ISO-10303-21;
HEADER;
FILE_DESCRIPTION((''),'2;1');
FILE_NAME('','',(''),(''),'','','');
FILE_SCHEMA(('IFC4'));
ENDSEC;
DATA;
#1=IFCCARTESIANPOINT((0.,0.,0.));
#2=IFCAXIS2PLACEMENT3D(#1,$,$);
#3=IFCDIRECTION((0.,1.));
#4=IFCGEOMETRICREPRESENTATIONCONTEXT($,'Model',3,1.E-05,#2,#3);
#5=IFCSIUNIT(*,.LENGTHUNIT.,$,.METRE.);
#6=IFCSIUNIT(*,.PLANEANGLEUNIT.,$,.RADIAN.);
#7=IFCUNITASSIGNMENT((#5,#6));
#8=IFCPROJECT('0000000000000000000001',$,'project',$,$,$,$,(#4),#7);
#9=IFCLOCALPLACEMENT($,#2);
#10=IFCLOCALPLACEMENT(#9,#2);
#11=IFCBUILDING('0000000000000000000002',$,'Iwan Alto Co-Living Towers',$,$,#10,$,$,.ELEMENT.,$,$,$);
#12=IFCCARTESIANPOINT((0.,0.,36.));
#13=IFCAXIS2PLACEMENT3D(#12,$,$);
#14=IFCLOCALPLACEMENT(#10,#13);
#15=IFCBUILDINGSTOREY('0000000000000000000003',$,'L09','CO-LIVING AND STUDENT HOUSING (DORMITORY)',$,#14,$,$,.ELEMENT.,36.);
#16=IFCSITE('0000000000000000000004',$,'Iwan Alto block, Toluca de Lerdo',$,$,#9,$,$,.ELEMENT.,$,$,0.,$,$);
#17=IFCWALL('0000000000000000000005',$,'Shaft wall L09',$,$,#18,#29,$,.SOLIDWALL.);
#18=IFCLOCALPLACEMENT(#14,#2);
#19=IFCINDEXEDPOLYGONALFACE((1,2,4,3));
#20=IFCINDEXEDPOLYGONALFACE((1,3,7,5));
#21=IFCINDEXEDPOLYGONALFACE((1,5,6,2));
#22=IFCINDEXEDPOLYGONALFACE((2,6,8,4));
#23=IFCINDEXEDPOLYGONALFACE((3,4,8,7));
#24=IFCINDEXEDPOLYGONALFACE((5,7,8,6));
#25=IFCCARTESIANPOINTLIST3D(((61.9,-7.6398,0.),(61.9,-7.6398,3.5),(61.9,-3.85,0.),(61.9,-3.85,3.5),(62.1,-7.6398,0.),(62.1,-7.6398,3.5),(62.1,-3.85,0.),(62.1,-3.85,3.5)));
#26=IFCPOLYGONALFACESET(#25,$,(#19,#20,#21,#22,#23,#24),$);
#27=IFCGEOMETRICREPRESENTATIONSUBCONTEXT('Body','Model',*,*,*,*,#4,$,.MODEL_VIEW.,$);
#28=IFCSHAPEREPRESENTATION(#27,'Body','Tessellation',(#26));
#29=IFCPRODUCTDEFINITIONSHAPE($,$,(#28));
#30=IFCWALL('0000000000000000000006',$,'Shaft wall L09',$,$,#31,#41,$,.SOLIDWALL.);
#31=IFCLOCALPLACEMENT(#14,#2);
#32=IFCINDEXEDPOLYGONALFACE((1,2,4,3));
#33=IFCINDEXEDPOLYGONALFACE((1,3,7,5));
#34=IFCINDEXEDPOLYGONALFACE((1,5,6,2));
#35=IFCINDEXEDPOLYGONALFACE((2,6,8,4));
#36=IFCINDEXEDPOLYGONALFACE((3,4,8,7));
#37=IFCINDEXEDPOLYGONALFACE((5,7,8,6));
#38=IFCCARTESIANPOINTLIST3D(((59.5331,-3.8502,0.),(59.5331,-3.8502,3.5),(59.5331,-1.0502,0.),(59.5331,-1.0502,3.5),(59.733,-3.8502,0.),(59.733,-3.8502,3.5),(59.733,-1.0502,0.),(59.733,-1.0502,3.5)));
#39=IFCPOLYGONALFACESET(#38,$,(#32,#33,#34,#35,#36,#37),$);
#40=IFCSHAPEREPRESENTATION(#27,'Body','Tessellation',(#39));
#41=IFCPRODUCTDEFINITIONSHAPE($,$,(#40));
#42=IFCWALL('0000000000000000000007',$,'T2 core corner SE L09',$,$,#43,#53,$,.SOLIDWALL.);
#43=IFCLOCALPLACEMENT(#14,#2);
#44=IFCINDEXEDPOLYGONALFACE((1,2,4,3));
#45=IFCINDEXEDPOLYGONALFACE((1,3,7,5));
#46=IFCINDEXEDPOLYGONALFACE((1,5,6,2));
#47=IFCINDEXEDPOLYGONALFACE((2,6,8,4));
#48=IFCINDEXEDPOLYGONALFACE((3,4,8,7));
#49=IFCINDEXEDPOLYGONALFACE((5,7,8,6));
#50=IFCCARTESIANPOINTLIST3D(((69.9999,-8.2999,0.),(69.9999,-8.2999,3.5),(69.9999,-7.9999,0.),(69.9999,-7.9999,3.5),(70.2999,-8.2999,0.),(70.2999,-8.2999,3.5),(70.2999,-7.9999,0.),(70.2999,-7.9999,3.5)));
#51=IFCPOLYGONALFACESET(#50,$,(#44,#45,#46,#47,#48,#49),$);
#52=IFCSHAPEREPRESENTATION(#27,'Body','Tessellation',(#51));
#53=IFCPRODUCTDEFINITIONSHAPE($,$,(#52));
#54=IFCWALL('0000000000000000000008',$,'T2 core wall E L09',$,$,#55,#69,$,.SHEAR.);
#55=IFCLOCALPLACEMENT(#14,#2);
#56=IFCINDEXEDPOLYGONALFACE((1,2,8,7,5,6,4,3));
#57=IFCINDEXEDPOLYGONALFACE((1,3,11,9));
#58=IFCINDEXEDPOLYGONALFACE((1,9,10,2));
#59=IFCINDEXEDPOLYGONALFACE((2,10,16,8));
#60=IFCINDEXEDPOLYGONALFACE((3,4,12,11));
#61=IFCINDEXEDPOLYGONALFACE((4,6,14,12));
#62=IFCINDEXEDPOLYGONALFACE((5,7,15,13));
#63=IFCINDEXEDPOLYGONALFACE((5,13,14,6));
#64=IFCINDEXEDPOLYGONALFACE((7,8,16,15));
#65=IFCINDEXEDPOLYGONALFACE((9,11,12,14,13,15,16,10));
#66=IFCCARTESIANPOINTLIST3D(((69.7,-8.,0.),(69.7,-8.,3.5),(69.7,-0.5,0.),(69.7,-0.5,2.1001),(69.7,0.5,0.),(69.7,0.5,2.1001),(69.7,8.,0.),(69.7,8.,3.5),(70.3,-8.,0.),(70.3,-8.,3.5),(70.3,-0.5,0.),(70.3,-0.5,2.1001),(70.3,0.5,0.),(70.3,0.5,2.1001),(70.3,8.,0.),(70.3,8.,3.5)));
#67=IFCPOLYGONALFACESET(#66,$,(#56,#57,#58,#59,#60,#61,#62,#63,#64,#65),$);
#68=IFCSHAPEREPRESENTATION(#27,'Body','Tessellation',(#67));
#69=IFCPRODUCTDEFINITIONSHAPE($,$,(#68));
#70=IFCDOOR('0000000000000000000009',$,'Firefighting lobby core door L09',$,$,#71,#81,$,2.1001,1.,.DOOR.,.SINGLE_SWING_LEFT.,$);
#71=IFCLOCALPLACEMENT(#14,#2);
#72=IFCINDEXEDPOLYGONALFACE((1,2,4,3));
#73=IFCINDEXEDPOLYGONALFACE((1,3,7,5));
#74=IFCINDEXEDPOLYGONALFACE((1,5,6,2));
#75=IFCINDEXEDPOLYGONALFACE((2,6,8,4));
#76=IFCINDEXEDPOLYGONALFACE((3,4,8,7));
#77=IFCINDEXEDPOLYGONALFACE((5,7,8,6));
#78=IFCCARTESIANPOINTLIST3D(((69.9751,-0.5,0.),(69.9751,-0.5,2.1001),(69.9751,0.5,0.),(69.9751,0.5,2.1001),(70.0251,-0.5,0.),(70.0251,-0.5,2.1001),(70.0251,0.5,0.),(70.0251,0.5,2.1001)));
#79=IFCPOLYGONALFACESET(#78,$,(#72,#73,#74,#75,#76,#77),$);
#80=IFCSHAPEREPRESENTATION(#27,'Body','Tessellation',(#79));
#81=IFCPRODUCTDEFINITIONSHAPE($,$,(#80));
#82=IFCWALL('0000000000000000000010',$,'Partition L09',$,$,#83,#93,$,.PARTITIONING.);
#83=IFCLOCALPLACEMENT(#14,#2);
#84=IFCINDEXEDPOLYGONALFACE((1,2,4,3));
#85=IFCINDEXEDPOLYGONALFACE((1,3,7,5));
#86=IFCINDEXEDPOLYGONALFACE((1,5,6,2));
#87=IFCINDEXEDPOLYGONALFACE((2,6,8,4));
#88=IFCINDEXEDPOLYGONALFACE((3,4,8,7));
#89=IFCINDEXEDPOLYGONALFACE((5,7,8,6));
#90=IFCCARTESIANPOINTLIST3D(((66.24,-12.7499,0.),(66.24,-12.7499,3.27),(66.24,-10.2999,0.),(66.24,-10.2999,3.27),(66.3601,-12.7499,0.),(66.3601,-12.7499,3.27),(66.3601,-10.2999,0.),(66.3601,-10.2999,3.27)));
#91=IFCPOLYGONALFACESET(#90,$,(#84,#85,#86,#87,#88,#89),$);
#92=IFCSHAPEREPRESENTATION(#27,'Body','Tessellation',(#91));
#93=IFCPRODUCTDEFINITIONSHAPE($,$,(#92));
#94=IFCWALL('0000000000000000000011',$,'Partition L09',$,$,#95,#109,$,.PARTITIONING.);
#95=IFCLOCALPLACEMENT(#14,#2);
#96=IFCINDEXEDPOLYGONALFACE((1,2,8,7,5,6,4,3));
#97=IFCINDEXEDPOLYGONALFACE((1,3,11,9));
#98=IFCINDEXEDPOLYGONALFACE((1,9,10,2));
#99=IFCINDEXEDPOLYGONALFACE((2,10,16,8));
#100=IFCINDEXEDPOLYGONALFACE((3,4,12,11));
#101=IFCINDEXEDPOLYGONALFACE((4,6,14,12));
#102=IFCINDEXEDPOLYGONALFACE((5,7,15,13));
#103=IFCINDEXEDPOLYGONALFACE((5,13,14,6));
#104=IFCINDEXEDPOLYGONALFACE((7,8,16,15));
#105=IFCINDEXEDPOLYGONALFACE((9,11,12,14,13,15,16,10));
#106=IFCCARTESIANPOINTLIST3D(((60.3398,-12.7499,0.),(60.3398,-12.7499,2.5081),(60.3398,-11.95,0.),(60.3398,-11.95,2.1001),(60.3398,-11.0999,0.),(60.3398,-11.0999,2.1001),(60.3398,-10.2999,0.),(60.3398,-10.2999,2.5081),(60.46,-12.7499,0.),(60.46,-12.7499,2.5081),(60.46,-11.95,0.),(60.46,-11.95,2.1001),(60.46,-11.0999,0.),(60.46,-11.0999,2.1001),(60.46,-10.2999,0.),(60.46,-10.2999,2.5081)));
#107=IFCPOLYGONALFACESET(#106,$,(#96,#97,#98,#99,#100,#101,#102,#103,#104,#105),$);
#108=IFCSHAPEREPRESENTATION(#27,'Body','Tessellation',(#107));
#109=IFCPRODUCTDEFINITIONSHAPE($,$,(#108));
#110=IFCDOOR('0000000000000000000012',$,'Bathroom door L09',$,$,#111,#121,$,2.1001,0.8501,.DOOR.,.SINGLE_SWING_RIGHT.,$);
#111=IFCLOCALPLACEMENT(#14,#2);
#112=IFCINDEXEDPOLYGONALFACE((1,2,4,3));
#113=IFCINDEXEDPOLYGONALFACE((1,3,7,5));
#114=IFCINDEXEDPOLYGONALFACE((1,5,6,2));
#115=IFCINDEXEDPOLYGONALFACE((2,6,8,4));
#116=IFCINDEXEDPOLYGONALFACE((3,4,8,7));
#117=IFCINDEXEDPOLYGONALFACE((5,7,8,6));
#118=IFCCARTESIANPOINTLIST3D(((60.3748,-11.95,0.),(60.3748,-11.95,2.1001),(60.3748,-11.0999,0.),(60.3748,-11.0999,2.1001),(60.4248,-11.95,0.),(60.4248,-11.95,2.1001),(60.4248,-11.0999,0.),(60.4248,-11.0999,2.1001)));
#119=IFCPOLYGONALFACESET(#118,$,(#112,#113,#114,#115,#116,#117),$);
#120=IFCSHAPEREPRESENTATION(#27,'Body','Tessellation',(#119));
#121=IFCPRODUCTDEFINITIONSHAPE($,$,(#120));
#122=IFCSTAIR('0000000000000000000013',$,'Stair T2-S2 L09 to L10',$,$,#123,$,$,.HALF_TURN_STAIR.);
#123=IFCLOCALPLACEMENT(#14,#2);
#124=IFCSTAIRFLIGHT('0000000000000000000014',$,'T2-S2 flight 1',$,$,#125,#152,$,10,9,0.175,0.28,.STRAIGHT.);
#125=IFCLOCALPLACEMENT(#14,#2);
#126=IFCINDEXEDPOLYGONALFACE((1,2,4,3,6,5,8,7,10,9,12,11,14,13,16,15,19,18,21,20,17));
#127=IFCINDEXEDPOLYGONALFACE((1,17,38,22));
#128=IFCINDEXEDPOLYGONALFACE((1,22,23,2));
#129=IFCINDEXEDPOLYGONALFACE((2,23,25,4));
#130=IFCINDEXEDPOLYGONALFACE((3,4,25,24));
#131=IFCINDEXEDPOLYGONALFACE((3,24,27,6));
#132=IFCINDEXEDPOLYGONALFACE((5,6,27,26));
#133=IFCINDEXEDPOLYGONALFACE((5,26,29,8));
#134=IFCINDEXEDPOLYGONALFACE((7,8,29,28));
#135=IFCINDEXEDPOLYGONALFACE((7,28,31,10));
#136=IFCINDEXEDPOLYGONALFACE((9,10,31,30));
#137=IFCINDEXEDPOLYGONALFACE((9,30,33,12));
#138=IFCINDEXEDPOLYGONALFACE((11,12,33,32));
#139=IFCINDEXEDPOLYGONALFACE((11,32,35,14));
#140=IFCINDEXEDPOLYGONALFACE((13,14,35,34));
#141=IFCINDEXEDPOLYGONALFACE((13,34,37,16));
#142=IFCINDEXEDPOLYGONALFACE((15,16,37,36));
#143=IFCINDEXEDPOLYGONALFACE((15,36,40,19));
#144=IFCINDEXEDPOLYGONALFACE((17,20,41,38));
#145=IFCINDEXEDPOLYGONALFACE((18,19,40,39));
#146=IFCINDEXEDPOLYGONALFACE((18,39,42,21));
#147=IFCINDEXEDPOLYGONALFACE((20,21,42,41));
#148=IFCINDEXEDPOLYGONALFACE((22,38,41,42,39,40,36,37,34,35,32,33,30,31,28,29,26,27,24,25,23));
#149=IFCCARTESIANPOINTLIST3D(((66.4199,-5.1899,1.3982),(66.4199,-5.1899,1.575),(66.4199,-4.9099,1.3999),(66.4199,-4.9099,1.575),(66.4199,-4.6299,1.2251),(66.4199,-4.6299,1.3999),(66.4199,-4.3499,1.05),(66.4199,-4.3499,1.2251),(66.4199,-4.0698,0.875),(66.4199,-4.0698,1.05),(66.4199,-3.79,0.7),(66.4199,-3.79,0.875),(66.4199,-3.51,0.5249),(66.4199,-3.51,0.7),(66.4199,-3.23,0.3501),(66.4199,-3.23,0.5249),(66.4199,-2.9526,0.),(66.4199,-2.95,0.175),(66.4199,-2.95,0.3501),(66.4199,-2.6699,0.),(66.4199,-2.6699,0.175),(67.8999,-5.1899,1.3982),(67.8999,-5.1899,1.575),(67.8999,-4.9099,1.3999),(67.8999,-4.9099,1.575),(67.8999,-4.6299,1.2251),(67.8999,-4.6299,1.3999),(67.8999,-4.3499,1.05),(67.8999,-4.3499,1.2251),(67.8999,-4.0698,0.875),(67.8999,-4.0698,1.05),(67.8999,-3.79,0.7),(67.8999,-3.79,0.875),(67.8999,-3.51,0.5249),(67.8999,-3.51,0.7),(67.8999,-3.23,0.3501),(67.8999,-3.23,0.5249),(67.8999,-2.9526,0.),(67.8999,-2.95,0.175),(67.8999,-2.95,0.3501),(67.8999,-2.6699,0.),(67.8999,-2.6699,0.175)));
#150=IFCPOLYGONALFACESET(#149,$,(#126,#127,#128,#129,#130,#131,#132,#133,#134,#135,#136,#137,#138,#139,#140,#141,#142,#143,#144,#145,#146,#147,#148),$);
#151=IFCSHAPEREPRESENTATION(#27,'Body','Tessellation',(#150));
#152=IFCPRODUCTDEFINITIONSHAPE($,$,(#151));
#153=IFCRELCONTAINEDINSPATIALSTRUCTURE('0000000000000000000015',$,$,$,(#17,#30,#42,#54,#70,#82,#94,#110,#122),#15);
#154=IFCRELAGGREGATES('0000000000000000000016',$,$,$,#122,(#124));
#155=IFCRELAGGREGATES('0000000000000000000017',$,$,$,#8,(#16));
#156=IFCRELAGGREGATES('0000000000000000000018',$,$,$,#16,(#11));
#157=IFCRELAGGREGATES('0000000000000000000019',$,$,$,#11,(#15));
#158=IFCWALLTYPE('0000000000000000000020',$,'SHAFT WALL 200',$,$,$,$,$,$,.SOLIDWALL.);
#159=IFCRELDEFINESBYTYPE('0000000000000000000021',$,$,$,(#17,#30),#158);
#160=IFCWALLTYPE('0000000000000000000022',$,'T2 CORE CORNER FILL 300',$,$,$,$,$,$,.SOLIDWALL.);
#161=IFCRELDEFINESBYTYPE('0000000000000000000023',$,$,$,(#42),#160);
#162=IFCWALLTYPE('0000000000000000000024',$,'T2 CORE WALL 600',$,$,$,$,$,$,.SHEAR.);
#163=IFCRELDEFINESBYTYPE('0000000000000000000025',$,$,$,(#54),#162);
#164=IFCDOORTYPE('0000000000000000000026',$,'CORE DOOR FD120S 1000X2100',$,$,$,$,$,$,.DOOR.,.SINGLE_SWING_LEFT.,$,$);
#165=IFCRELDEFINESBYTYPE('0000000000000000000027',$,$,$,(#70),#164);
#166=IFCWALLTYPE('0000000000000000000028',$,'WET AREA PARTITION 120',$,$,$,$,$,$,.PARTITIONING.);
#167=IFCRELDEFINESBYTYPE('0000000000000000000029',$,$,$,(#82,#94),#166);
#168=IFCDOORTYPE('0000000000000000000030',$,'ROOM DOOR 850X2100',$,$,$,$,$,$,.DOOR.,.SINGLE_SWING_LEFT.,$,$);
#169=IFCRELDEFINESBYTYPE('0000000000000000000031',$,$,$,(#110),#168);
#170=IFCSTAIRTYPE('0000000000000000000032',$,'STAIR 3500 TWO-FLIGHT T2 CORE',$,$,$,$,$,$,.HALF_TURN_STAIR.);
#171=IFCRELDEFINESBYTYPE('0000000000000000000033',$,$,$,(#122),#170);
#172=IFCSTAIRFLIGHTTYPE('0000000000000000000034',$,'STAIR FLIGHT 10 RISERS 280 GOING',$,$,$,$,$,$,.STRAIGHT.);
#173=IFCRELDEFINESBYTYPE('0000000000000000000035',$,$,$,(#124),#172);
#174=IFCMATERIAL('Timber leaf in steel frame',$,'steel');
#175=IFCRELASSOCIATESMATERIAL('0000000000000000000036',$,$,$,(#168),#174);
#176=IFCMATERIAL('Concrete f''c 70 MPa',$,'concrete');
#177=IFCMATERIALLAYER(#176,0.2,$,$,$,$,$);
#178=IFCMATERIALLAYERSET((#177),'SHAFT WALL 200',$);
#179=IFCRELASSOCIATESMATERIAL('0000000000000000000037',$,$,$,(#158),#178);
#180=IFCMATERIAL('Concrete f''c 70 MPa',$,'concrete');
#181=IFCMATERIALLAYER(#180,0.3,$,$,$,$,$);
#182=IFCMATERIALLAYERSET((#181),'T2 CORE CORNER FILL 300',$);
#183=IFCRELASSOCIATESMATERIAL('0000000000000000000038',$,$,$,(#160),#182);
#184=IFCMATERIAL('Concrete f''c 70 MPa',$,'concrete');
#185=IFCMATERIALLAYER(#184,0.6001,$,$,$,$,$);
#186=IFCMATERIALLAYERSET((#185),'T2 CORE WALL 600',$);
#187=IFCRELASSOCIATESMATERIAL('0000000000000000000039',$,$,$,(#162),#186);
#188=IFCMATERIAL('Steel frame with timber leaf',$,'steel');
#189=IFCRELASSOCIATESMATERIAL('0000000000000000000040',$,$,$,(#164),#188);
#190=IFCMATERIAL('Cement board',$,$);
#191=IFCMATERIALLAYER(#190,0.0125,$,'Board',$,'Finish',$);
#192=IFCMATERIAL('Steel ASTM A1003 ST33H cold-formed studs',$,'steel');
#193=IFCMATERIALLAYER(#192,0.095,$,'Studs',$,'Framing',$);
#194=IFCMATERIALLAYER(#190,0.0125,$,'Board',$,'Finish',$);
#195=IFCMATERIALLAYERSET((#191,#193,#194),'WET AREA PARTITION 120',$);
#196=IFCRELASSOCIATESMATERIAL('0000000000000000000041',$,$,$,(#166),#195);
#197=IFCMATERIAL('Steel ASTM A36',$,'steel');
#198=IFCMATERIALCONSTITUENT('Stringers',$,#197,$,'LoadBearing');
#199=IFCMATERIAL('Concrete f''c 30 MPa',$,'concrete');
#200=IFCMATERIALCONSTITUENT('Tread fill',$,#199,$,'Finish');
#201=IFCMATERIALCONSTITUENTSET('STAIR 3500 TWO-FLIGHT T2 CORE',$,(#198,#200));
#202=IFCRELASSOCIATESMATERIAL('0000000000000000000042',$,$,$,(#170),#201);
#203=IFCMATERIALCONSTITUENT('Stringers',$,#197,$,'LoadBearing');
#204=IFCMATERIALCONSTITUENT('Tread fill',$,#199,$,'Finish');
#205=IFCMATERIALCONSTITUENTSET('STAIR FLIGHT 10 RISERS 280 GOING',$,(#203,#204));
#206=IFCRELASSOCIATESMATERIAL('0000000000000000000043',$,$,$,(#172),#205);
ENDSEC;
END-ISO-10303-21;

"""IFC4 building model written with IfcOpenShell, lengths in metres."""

from ifc_helpers import new_model, si_unit, direction, frame, frame_2d, origin, place, context, subcontext, project, spatial, polyline, rectangle, outline, extrude, material, layer, layer_set, constituent, constituent_set, type_object, element, fill, aggregate, save


model = new_model("IFC4")

# Units and contexts
model_context = context("Model", 3, precision=1e-05, world=origin(), true_north=direction((0.0, 1.0)))
body_context = subcontext(model_context, "Body", "Model", "MODEL_VIEW")
ifc_project = project(units=[si_unit("LENGTHUNIT", "METRE"), si_unit("PLANEANGLEUNIT", "RADIAN")], contexts=[model_context])

# Site, building, storey
site_placement = place(None, origin())
site = spatial("IfcSite", under=ifc_project, at=site_placement, Name="Iwan Alto block, Toluca de Lerdo", CompositionType="ELEMENT", RefElevation=0.0)
building_placement = place(site_placement, origin())
building = spatial("IfcBuilding", under=site, at=building_placement, Name="Iwan Alto Co-Living Towers", CompositionType="ELEMENT")
storey_placement = place(building_placement, frame((0.0, 0.0, 36.0)))
storey = spatial("IfcBuildingStorey", under=building, at=storey_placement, Name="L09", Description="CO-LIVING AND STUDENT HOUSING (DORMITORY)", CompositionType="ELEMENT", Elevation=36.0)

# Shared definitions
ifc_material_1 = material(Name="Steel ASTM A1003 ST33H cold-formed studs", Category="steel")

# Shared definitions
ifc_material_2 = material(Name="Timber leaf in steel frame", Category="steel")
door_type_1 = type_object("IfcDoorType", Name="ROOM DOOR 850X2100", OperationType="SINGLE_SWING_LEFT", PredefinedType="DOOR", material=ifc_material_2)

# Shared definitions
ifc_material_3 = material(Name="Concrete f'c 70 MPa", Category="concrete")
ifc_layer_1 = layer(ifc_material_3, 0.2)
ifc_layer_set_1 = layer_set([ifc_layer_1], Name="SHAFT WALL 200")
wall_type_1 = type_object("IfcWallType", Name="SHAFT WALL 200", PredefinedType="SOLIDWALL", material=ifc_layer_set_1)

# Walls
wall_1_placement = place(storey_placement, frame((62.0, -7.6399, 0.0), z_axis=(0.0, 0.0, 1.0), x_axis=(0.0, 1.0, 0.0)))
element("IfcWall", 1, at=wall_1_placement, inside=storey, type_object=wall_type_1, Name="Shaft wall L09", PredefinedType="SOLIDWALL", context=body_context, shape_type="SweptSolid", body=[
    extrude(rectangle(XDim=3.7898, YDim=0.2, at=frame_2d((1.895, 0.0))), origin(), (0.0, 0.0, 1.0), 3.5),
])
wall_2_placement = place(storey_placement, frame((59.6331, -3.8501, 0.0), z_axis=(0.0, 0.0, 1.0), x_axis=(0.0, 1.0, 0.0)))
element("IfcWall", 2, at=wall_2_placement, inside=storey, type_object=wall_type_1, Name="Shaft wall L09", PredefinedType="SOLIDWALL", context=body_context, shape_type="SweptSolid", body=[
    extrude(rectangle(XDim=2.8, YDim=0.2, at=frame_2d((1.3999, 0.0))), origin(), (0.0, 0.0, 1.0), 3.5),
])
ifc_material_4 = material(Name="Concrete f'c 70 MPa", Category="concrete")
ifc_layer_2 = layer(ifc_material_4, 0.3)
ifc_layer_set_2 = layer_set([ifc_layer_2], Name="T2 CORE CORNER FILL 300")
wall_type_2 = type_object("IfcWallType", Name="T2 CORE CORNER FILL 300", PredefinedType="SOLIDWALL", material=ifc_layer_set_2)
wall_3_placement = place(storey_placement, frame((70.0, -8.1499, 0.0), z_axis=(0.0, 0.0, 1.0), x_axis=(1.0, 0.0, 0.0)))
element("IfcWall", 3, at=wall_3_placement, inside=storey, type_object=wall_type_2, Name="T2 core corner SE L09", PredefinedType="SOLIDWALL", context=body_context, shape_type="SweptSolid", body=[
    extrude(rectangle(XDim=0.3, YDim=0.3, at=frame_2d((0.1499, 0.0))), origin(), (0.0, 0.0, 1.0), 3.5),
])

# Wall, opening, door
ifc_material_5 = material(Name="Concrete f'c 70 MPa", Category="concrete")
ifc_layer_3 = layer(ifc_material_5, 0.6001)
ifc_layer_set_3 = layer_set([ifc_layer_3], Name="T2 CORE WALL 600")
wall_type_3 = type_object("IfcWallType", Name="T2 CORE WALL 600", PredefinedType="SHEAR", material=ifc_layer_set_3)
wall_4_placement = place(storey_placement, frame((70.0, -8.0, 0.0), z_axis=(0.0, 0.0, 1.0), x_axis=(0.0, 1.0, 0.0)))
wall_4 = element("IfcWall", 4, at=wall_4_placement, inside=storey, type_object=wall_type_3, Name="T2 core wall E L09", PredefinedType="SHEAR", context=body_context, shape_type="SweptSolid", body=[
    extrude(rectangle(XDim=16.0, YDim=0.6001, at=frame_2d((8.0, 0.0))), origin(), (0.0, 0.0, 1.0), 3.5),
])
opening_1_placement = place(wall_4_placement, frame((7.5, 0.0, 0.0)))
opening_1 = element("IfcOpeningElement", 5, at=opening_1_placement, cuts=wall_4, PredefinedType="OPENING", context=body_context, shape_type="SweptSolid", body=[
    extrude(rectangle(XDim=1.0, YDim=2.1001, at=frame_2d((0.5, 1.05))), frame((0.0, 0.3101, 0.0), z_axis=(0.0, -1.0, 0.0), x_axis=(1.0, 0.0, 0.0)), (0.0, 0.0, 1.0), 0.6201),
])
ifc_material_6 = material(Name="Steel frame with timber leaf", Category="steel")
door_type_2 = type_object("IfcDoorType", Name="CORE DOOR FD120S 1000X2100", OperationType="SINGLE_SWING_LEFT", PredefinedType="DOOR", material=ifc_material_6)
door_1_placement = place(opening_1_placement, origin())
door_1 = element("IfcDoor", 6, at=door_1_placement, inside=storey, type_object=door_type_2, Name="Firefighting lobby core door L09", OperationType="SINGLE_SWING_LEFT", OverallHeight=2.1001, OverallWidth=1.0, PredefinedType="DOOR", context=body_context, shape_type="SweptSolid", body=[
    extrude(rectangle(XDim=1.0, YDim=2.1001, at=frame_2d((0.5, 1.05))), frame((0.0, 0.0249, 0.0), z_axis=(0.0, -1.0, 0.0), x_axis=(1.0, 0.0, 0.0)), (0.0, 0.0, 1.0), 0.05),
])
fill(opening_1, door_1)

# Wall
ifc_material_7 = material(Name="Cement board")
ifc_layer_4 = layer(ifc_material_7, 0.0125, Name="Board", Category="Finish")
ifc_layer_5 = layer(ifc_material_1, 0.095, Name="Studs", Category="Framing")
ifc_layer_6 = layer(ifc_material_7, 0.0125, Name="Board", Category="Finish")
ifc_layer_set_4 = layer_set([ifc_layer_4, ifc_layer_5, ifc_layer_6], Name="WET AREA PARTITION 120")
wall_type_4 = type_object("IfcWallType", Name="WET AREA PARTITION 120", PredefinedType="PARTITIONING", material=ifc_layer_set_4)
wall_5_placement = place(storey_placement, frame((66.3, -12.75, 0.0), z_axis=(0.0, 0.0, 1.0), x_axis=(0.0, 1.0, 0.0)))
element("IfcWall", 7, at=wall_5_placement, inside=storey, type_object=wall_type_4, Name="Partition L09", PredefinedType="PARTITIONING", context=body_context, shape_type="SweptSolid", body=[
    extrude(rectangle(XDim=2.45, YDim=0.1201, at=frame_2d((1.2251, 0.0))), origin(), (0.0, 0.0, 1.0), 3.27),
])

# Wall, opening, door
wall_6_placement = place(storey_placement, frame((60.3999, -12.75, 0.0), z_axis=(0.0, 0.0, 1.0), x_axis=(0.0, 1.0, 0.0)))
wall_6 = element("IfcWall", 8, at=wall_6_placement, inside=storey, type_object=wall_type_4, Name="Partition L09", PredefinedType="PARTITIONING", context=body_context, shape_type="SweptSolid", body=[
    extrude(rectangle(XDim=2.45, YDim=0.1201, at=frame_2d((1.2251, 0.0))), origin(), (0.0, 0.0, 1.0), 2.5081),
])
opening_2_placement = place(wall_6_placement, frame((0.8, 0.0, 0.0)))
opening_2 = element("IfcOpeningElement", 9, at=opening_2_placement, cuts=wall_6, PredefinedType="OPENING", context=body_context, shape_type="SweptSolid", body=[
    extrude(rectangle(XDim=0.8501, YDim=2.1001, at=frame_2d((0.425, 1.05))), frame((0.0, 0.0701, 0.0), z_axis=(0.0, -1.0, 0.0), x_axis=(1.0, 0.0, 0.0)), (0.0, 0.0, 1.0), 0.1401),
])
door_2_placement = place(opening_2_placement, frame((0.8501, 0.0, 0.0), z_axis=(0.0, 0.0, 1.0), x_axis=(-1.0, 0.0, 0.0)))
door_2 = element("IfcDoor", 10, at=door_2_placement, inside=storey, type_object=door_type_1, Name="Bathroom door L09", OperationType="SINGLE_SWING_RIGHT", OverallHeight=2.1001, OverallWidth=0.8501, PredefinedType="DOOR", context=body_context, shape_type="SweptSolid", body=[
    extrude(rectangle(XDim=0.8501, YDim=2.1001, at=frame_2d((0.425, 1.05))), frame((0.0, 0.0249, 0.0), z_axis=(0.0, -1.0, 0.0), x_axis=(1.0, 0.0, 0.0)), (0.0, 0.0, 1.0), 0.05),
])
fill(opening_2, door_2)

# Stair, stair flight
ifc_material_8 = material(Name="Steel ASTM A36", Category="steel")
ifc_constituent_1 = constituent(ifc_material_8, Name="Stringers", Category="LoadBearing")
ifc_material_9 = material(Name="Concrete f'c 30 MPa", Category="concrete")
ifc_constituent_2 = constituent(ifc_material_9, Name="Tread fill", Category="Finish")
ifc_constituent_set_1 = constituent_set(constituents=[ifc_constituent_1, ifc_constituent_2], Name="STAIR 3500 TWO-FLIGHT T2 CORE")
stair_type = type_object("IfcStairType", Name="STAIR 3500 TWO-FLIGHT T2 CORE", PredefinedType="HALF_TURN_STAIR", material=ifc_constituent_set_1)
stair_placement = place(storey_placement, origin())
stair = element("IfcStair", 11, at=stair_placement, inside=storey, type_object=stair_type, Name="Stair T2-S2 L09 to L10", PredefinedType="HALF_TURN_STAIR")
ifc_constituent_3 = constituent(ifc_material_8, Name="Stringers", Category="LoadBearing")
ifc_constituent_4 = constituent(ifc_material_9, Name="Tread fill", Category="Finish")
ifc_constituent_set_2 = constituent_set(constituents=[ifc_constituent_3, ifc_constituent_4], Name="STAIR FLIGHT 10 RISERS 280 GOING")
stair_flight_type = type_object("IfcStairFlightType", Name="STAIR FLIGHT 10 RISERS 280 GOING", PredefinedType="STRAIGHT", material=ifc_constituent_set_2)
stair_flight_1_placement = place(storey_placement, frame((67.1599, -2.6699, 0.0), z_axis=(0.0, 0.0, 1.0), x_axis=(0.0, -1.0, 0.0)))
stair_flight_1 = element("IfcStairFlight", 12, at=stair_flight_1_placement, type_object=stair_flight_type, Name="T2-S2 flight 1", NumberOfRisers=10, NumberOfTreads=9, PredefinedType="STRAIGHT", RiserHeight=0.175, TreadLength=0.28, context=body_context, shape_type="SweptSolid", body=[
    extrude(outline(polyline([(0.0, 0.0), (0.0, 0.175), (0.28, 0.175), (0.28, 0.3501), (0.5601, 0.3501), (0.5601, 0.5249), (0.8401, 0.5249), (0.8401, 0.7), (1.1201, 0.7), (1.1201, 0.875), (1.3999, 0.875), (1.3999, 1.05), (1.6799, 1.05), (1.6799, 1.2251), (1.96, 1.2251), (1.96, 1.3999), (2.24, 1.3999), (2.24, 1.575), (2.52, 1.575), (2.52, 1.75), (2.52, 1.3982), (0.2827, 0.0), (0.0, 0.0)])), frame((0.0, 0.74, 0.0), z_axis=(0.0, -1.0, 0.0), x_axis=(1.0, 0.0, 0.0)), (0.0, 0.0, 1.0), 1.48),
])
aggregate(stair, [stair_flight_1])

save(model, "model.ifc")
